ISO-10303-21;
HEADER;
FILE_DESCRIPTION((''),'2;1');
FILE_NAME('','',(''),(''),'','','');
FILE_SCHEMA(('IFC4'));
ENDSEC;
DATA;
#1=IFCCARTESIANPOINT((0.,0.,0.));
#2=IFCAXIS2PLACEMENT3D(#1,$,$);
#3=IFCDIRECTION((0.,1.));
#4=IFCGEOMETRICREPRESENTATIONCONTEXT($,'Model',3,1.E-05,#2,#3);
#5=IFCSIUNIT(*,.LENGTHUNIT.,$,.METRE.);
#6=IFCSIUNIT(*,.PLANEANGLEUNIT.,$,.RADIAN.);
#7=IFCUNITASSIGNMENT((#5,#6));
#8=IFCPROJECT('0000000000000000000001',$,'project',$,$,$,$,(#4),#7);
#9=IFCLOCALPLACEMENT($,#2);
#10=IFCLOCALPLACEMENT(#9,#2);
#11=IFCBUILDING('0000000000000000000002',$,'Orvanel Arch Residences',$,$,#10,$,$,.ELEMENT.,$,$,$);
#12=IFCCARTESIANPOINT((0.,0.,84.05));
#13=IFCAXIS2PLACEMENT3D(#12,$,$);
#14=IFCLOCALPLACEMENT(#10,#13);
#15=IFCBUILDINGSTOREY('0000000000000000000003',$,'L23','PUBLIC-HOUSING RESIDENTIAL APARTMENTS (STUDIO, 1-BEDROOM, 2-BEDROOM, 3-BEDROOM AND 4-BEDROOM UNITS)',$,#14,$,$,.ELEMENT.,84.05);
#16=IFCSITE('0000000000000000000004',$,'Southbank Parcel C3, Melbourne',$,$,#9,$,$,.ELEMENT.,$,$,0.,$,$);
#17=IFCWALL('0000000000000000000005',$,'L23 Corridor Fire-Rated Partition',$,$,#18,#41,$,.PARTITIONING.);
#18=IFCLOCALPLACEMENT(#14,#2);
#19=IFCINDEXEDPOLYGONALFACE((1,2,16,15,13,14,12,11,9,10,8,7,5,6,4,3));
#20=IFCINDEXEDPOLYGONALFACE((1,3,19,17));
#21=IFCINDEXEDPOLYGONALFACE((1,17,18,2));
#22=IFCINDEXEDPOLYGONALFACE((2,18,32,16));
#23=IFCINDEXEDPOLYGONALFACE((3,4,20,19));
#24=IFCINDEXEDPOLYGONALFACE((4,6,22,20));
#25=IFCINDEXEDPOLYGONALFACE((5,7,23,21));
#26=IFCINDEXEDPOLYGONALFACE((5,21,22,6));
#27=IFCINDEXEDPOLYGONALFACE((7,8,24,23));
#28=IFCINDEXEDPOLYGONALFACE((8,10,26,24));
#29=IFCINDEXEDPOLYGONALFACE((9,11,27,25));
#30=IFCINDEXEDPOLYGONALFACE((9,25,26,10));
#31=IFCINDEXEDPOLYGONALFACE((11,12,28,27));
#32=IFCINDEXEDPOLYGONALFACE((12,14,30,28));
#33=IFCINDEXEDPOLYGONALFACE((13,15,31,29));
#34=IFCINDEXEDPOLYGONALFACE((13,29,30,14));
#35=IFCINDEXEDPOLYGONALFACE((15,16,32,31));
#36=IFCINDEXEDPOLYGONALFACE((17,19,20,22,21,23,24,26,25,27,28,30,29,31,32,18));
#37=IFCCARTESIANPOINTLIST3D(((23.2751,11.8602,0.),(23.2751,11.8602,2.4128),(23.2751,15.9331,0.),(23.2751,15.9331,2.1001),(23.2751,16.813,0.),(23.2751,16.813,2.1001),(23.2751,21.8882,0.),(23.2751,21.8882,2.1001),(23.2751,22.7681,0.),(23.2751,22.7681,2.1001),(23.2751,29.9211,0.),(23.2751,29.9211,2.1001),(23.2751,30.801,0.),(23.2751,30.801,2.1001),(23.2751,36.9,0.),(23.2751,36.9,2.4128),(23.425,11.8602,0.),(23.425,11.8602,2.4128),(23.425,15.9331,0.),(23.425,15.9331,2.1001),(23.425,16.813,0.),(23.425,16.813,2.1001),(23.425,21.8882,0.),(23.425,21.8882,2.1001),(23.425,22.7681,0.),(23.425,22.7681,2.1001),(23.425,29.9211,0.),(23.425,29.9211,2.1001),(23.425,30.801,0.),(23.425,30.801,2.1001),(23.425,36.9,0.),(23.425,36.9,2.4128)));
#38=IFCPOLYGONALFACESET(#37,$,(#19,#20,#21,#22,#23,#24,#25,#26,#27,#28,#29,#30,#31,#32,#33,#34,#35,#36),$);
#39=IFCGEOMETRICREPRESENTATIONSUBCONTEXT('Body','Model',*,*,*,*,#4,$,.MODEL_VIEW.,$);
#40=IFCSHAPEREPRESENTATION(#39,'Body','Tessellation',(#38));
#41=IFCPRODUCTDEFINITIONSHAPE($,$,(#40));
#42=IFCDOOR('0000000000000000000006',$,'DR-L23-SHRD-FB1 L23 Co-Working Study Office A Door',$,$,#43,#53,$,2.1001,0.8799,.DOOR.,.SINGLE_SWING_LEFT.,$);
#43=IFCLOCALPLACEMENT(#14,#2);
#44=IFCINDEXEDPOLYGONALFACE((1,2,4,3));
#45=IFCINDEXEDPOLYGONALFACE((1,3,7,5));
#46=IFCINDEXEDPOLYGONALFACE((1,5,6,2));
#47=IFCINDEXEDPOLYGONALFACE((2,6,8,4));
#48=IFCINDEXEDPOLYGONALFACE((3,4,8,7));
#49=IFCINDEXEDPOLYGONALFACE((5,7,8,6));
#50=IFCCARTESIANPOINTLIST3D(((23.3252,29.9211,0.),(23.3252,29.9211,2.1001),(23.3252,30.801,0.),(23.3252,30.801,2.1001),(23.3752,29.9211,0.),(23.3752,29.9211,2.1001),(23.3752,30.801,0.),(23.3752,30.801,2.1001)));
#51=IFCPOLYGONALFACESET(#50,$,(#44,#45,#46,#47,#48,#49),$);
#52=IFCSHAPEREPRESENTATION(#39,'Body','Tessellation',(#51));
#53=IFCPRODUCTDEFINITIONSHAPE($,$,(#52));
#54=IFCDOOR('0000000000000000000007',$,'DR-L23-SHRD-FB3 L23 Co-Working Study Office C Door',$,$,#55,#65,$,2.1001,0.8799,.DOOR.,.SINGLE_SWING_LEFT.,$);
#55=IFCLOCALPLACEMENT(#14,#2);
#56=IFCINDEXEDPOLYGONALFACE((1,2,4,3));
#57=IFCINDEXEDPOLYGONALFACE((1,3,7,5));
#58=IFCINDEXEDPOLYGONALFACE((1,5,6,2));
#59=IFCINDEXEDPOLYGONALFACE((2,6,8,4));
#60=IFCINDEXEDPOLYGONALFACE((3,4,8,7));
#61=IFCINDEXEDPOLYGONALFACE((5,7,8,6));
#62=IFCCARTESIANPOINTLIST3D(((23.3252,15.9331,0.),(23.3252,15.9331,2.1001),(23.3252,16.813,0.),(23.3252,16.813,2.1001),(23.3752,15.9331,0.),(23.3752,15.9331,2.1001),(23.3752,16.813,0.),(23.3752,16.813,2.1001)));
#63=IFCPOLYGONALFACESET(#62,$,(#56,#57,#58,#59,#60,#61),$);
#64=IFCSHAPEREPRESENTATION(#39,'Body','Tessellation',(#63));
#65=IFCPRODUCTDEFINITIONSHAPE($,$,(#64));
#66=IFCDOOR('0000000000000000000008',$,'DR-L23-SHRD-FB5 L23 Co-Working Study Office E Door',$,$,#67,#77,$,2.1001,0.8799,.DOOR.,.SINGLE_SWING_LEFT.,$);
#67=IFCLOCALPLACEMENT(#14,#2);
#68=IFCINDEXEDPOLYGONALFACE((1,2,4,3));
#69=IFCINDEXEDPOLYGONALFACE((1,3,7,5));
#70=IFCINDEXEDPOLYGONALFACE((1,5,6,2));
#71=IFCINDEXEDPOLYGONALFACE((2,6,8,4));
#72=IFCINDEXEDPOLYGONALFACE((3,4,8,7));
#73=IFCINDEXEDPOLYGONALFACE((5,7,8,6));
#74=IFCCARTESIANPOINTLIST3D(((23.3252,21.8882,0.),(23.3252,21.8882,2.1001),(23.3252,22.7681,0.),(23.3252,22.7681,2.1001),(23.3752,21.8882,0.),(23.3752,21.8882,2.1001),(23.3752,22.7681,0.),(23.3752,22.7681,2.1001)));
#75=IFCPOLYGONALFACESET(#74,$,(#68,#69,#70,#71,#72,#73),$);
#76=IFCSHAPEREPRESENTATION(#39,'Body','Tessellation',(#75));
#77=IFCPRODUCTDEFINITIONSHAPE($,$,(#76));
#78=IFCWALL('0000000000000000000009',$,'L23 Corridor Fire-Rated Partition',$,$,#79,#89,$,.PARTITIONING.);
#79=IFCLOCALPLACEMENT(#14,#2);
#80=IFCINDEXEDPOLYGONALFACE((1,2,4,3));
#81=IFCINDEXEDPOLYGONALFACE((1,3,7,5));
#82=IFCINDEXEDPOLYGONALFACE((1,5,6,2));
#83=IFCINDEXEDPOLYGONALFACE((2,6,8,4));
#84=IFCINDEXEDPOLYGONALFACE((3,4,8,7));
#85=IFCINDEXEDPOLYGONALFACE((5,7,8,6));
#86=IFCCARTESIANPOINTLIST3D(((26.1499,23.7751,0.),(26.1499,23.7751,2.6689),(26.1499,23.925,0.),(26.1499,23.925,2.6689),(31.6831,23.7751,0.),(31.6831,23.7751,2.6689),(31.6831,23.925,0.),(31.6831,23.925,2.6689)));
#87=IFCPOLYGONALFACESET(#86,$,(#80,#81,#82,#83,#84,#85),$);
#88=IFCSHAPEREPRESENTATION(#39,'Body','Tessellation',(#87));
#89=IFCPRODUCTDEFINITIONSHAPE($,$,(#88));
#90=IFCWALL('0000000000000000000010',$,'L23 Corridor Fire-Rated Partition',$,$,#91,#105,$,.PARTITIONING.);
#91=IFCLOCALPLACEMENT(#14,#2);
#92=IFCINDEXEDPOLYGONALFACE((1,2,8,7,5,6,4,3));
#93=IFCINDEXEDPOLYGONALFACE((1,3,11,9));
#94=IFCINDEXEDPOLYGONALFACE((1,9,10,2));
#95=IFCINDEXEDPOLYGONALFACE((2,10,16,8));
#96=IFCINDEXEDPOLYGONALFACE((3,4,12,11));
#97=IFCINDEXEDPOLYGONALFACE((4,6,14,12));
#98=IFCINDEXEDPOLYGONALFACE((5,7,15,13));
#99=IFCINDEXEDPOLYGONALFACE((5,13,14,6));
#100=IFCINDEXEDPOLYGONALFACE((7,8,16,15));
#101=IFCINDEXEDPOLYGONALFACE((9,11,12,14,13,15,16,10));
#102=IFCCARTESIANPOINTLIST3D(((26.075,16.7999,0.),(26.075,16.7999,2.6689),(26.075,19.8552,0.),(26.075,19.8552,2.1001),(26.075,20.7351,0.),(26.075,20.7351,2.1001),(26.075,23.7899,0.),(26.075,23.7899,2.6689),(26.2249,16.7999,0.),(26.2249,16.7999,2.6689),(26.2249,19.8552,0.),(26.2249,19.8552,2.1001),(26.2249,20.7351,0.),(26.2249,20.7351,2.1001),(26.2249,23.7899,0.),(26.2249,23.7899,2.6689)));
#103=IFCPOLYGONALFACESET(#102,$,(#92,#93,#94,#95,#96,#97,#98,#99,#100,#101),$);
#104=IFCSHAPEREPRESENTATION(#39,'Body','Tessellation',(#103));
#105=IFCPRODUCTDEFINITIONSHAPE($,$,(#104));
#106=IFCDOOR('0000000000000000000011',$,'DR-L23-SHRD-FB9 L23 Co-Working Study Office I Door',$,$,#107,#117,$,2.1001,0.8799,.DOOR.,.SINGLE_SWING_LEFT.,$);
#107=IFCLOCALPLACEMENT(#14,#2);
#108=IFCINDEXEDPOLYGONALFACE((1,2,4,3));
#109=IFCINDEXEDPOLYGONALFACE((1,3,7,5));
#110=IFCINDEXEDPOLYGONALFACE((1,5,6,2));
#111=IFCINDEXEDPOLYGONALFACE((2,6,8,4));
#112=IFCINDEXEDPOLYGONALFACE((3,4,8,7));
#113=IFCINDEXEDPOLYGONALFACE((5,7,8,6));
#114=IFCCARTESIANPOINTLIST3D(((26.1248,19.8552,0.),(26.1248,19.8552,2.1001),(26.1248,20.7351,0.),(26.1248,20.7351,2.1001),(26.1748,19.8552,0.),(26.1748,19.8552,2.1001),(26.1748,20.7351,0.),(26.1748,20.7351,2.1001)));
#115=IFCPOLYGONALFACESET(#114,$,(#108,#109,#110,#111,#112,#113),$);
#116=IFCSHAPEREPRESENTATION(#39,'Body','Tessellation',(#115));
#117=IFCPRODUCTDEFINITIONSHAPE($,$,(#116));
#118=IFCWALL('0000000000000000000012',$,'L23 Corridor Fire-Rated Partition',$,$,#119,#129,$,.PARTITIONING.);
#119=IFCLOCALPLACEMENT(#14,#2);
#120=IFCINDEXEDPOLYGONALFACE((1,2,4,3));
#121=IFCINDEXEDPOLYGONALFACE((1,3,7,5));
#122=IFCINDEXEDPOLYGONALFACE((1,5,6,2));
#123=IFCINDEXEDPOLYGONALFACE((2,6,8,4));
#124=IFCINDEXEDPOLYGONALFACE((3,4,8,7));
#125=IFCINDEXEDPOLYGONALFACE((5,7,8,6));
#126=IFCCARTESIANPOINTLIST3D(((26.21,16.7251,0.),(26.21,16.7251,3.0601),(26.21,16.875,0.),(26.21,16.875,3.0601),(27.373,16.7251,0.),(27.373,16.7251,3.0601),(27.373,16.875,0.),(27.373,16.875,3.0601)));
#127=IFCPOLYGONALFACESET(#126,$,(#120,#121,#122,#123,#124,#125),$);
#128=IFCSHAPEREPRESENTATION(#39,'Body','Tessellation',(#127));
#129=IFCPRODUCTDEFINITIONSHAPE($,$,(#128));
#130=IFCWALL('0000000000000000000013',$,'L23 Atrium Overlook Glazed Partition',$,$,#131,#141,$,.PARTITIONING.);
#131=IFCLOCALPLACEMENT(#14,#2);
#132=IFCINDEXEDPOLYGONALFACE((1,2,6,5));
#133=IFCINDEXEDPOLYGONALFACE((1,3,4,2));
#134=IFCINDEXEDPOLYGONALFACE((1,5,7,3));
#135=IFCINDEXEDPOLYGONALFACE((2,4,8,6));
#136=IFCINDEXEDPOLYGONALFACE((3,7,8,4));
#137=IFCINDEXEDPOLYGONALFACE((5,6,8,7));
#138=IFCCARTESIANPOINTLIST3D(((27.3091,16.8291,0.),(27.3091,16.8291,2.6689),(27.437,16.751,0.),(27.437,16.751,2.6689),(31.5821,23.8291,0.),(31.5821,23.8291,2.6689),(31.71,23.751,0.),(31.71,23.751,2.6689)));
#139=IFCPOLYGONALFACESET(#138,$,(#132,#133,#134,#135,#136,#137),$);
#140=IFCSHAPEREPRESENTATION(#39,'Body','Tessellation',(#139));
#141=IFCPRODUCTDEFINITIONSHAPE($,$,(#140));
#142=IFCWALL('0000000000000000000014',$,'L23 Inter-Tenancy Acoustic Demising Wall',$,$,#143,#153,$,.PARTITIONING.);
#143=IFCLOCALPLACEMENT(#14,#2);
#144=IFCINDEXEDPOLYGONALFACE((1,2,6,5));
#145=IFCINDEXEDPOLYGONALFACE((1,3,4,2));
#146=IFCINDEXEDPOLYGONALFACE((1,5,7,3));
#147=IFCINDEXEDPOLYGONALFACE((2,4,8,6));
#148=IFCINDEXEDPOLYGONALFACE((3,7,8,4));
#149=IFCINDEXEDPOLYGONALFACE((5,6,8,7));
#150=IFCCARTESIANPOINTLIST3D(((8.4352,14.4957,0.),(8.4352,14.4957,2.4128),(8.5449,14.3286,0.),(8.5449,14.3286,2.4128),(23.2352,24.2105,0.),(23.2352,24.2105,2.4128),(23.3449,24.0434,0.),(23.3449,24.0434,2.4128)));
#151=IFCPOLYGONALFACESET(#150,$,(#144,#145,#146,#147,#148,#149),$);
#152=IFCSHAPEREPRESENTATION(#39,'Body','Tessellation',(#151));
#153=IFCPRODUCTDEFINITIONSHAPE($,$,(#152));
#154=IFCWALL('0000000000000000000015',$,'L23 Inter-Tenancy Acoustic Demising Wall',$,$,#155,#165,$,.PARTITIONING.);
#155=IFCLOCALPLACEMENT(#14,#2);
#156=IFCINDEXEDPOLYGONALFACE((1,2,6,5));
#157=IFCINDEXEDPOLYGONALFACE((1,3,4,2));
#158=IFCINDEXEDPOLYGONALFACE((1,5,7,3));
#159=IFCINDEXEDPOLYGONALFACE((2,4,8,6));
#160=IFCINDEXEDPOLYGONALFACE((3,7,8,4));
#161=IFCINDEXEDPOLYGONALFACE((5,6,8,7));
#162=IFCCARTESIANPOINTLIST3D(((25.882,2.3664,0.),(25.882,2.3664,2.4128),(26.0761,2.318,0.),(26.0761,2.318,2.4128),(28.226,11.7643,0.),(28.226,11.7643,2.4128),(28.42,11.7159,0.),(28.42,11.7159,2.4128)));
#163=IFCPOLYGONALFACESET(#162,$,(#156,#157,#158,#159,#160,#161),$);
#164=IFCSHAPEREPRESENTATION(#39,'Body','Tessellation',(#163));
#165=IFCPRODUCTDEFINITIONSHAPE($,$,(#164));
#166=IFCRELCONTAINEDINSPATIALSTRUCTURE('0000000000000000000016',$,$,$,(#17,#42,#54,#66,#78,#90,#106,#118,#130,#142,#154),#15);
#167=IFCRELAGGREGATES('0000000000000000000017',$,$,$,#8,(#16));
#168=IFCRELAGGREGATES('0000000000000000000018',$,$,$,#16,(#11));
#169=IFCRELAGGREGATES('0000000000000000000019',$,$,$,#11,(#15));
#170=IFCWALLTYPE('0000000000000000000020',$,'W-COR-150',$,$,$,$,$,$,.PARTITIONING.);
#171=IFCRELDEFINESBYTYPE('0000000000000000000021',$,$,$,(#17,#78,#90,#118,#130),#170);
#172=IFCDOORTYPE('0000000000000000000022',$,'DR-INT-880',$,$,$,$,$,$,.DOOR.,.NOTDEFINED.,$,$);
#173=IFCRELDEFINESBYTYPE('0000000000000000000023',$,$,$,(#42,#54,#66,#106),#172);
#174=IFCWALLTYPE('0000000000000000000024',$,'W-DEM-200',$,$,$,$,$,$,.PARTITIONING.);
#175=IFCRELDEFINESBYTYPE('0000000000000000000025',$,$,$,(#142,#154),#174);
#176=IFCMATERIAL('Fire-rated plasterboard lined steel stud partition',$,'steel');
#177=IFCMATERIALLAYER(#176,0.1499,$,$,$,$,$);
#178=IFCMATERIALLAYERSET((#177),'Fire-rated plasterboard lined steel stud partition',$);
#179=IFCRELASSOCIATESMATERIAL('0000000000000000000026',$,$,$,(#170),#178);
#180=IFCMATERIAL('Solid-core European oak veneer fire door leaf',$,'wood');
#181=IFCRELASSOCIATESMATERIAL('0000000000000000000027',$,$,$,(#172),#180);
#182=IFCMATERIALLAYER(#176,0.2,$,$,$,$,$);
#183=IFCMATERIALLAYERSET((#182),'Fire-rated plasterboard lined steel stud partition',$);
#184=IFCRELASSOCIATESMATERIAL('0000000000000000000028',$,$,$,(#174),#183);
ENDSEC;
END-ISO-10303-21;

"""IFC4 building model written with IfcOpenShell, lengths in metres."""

from ifc_helpers import new_model, si_unit, direction, frame, frame_2d, origin, place, context, subcontext, project, spatial, rectangle, extrude, material, layer, layer_set, type_object, element, fill, save


model = new_model("IFC4")

# Units and contexts
model_context = context("Model", 3, precision=1e-05, world=origin(), true_north=direction((0.0, 1.0)))
body_context = subcontext(model_context, "Body", "Model", "MODEL_VIEW")
ifc_project = project(units=[si_unit("LENGTHUNIT", "METRE"), si_unit("PLANEANGLEUNIT", "RADIAN")], contexts=[model_context])

# Site, building, storey
site_placement = place(None, origin())
site = spatial("IfcSite", under=ifc_project, at=site_placement, Name="Southbank Parcel C3, Melbourne", CompositionType="ELEMENT", RefElevation=0.0)
building_placement = place(site_placement, origin())
building = spatial("IfcBuilding", under=site, at=building_placement, Name="Orvanel Arch Residences", CompositionType="ELEMENT")
storey_placement = place(building_placement, frame((0.0, 0.0, 84.05)))
storey = spatial("IfcBuildingStorey", under=building, at=storey_placement, Name="L23", Description="PUBLIC-HOUSING RESIDENTIAL APARTMENTS (STUDIO, 1-BEDROOM, 2-BEDROOM, 3-BEDROOM AND 4-BEDROOM UNITS)", CompositionType="ELEMENT", Elevation=84.05)

# Wall, openings, doors
ifc_material_1 = material(Name="Fire-rated plasterboard lined steel stud partition", Category="steel")
ifc_layer_1 = layer(ifc_material_1, 0.1499)
ifc_layer_set_1 = layer_set([ifc_layer_1], Name="Fire-rated plasterboard lined steel stud partition")
wall_type_1 = type_object("IfcWallType", Name="W-COR-150", PredefinedType="PARTITIONING", material=ifc_layer_set_1)
wall_1_placement = place(storey_placement, frame((23.3501, 11.8601, 0.0), z_axis=(0.0, 0.0, 1.0), x_axis=(0.0, 1.0, 0.0)))
wall_1 = element("IfcWall", 1, at=wall_1_placement, inside=storey, type_object=wall_type_1, Name="L23 Corridor Fire-Rated Partition", PredefinedType="PARTITIONING", context=body_context, shape_type="SweptSolid", body=[
    extrude(rectangle(XDim=25.0398, YDim=0.1499, at=frame_2d((12.52, 0.0))), origin(), (0.0, 0.0, 1.0), 2.4128),
])
opening_1_placement = place(wall_1_placement, frame((18.061, 0.0, 0.0)))
opening_1 = element("IfcOpeningElement", 2, at=opening_1_placement, cuts=wall_1, PredefinedType="OPENING", context=body_context, shape_type="SweptSolid", body=[
    extrude(rectangle(XDim=0.8799, YDim=2.1001, at=frame_2d((0.4399, 1.05))), frame((0.0, 0.085, 0.0), z_axis=(0.0, -1.0, 0.0), x_axis=(1.0, 0.0, 0.0)), (0.0, 0.0, 1.0), 0.1699),
])
opening_2_placement = place(wall_1_placement, frame((4.073, 0.0, 0.0)))
opening_2 = element("IfcOpeningElement", 3, at=opening_2_placement, cuts=wall_1, PredefinedType="OPENING", context=body_context, shape_type="SweptSolid", body=[
    extrude(rectangle(XDim=0.8799, YDim=2.1001, at=frame_2d((0.4399, 1.05))), frame((0.0, 0.085, 0.0), z_axis=(0.0, -1.0, 0.0), x_axis=(1.0, 0.0, 0.0)), (0.0, 0.0, 1.0), 0.1699),
])
opening_3_placement = place(wall_1_placement, frame((10.0281, 0.0, 0.0)))
opening_3 = element("IfcOpeningElement", 4, at=opening_3_placement, cuts=wall_1, PredefinedType="OPENING", context=body_context, shape_type="SweptSolid", body=[
    extrude(rectangle(XDim=0.8799, YDim=2.1001, at=frame_2d((0.4399, 1.05))), frame((0.0, 0.085, 0.0), z_axis=(0.0, -1.0, 0.0), x_axis=(1.0, 0.0, 0.0)), (0.0, 0.0, 1.0), 0.1699),
])
ifc_material_2 = material(Name="Solid-core European oak veneer fire door leaf", Category="wood")
door_type = type_object("IfcDoorType", Name="DR-INT-880", OperationType="NOTDEFINED", PredefinedType="DOOR", material=ifc_material_2)
door_1_placement = place(opening_1_placement, origin())
door_1 = element("IfcDoor", 5, at=door_1_placement, inside=storey, type_object=door_type, Name="DR-L23-SHRD-FB1 L23 Co-Working Study Office A Door", OperationType="SINGLE_SWING_LEFT", OverallHeight=2.1001, OverallWidth=0.8799, PredefinedType="DOOR", context=body_context, shape_type="SweptSolid", body=[
    extrude(rectangle(XDim=0.8799, YDim=2.1001, at=frame_2d((0.4399, 1.05))), frame((0.0, 0.0249, 0.0), z_axis=(0.0, -1.0, 0.0), x_axis=(1.0, 0.0, 0.0)), (0.0, 0.0, 1.0), 0.05),
])
fill(opening_1, door_1)
door_2_placement = place(opening_2_placement, origin())
door_2 = element("IfcDoor", 6, at=door_2_placement, inside=storey, type_object=door_type, Name="DR-L23-SHRD-FB3 L23 Co-Working Study Office C Door", OperationType="SINGLE_SWING_LEFT", OverallHeight=2.1001, OverallWidth=0.8799, PredefinedType="DOOR", context=body_context, shape_type="SweptSolid", body=[
    extrude(rectangle(XDim=0.8799, YDim=2.1001, at=frame_2d((0.4399, 1.05))), frame((0.0, 0.0249, 0.0), z_axis=(0.0, -1.0, 0.0), x_axis=(1.0, 0.0, 0.0)), (0.0, 0.0, 1.0), 0.05),
])
fill(opening_2, door_2)
door_3_placement = place(opening_3_placement, origin())
door_3 = element("IfcDoor", 7, at=door_3_placement, inside=storey, type_object=door_type, Name="DR-L23-SHRD-FB5 L23 Co-Working Study Office E Door", OperationType="SINGLE_SWING_LEFT", OverallHeight=2.1001, OverallWidth=0.8799, PredefinedType="DOOR", context=body_context, shape_type="SweptSolid", body=[
    extrude(rectangle(XDim=0.8799, YDim=2.1001, at=frame_2d((0.4399, 1.05))), frame((0.0, 0.0249, 0.0), z_axis=(0.0, -1.0, 0.0), x_axis=(1.0, 0.0, 0.0)), (0.0, 0.0, 1.0), 0.05),
])
fill(opening_3, door_3)

# Wall
wall_2_placement = place(storey_placement, frame((31.6831, 23.8501, 0.0), z_axis=(0.0, 0.0, 1.0), x_axis=(-1.0, 0.0, 0.0)))
element("IfcWall", 8, at=wall_2_placement, inside=storey, type_object=wall_type_1, Name="L23 Corridor Fire-Rated Partition", PredefinedType="PARTITIONING", context=body_context, shape_type="SweptSolid", body=[
    extrude(rectangle(XDim=5.5332, YDim=0.1499, at=frame_2d((2.7666, 0.0))), origin(), (0.0, 0.0, 1.0), 2.6689),
])

# Wall, opening, door
wall_3_placement = place(storey_placement, frame((26.1499, 23.79, 0.0), z_axis=(0.0, 0.0, 1.0), x_axis=(0.0, -1.0, 0.0)))
wall_3 = element("IfcWall", 9, at=wall_3_placement, inside=storey, type_object=wall_type_1, Name="L23 Corridor Fire-Rated Partition", PredefinedType="PARTITIONING", context=body_context, shape_type="SweptSolid", body=[
    extrude(rectangle(XDim=6.99, YDim=0.1499, at=frame_2d((3.4951, 0.0))), origin(), (0.0, 0.0, 1.0), 2.6689),
])
opening_4_placement = place(wall_3_placement, frame((3.0549, 0.0, 0.0)))
opening_4 = element("IfcOpeningElement", 10, at=opening_4_placement, cuts=wall_3, PredefinedType="OPENING", context=body_context, shape_type="SweptSolid", body=[
    extrude(rectangle(XDim=0.8799, YDim=2.1001, at=frame_2d((0.4399, 1.05))), frame((0.0, 0.085, 0.0), z_axis=(0.0, -1.0, 0.0), x_axis=(1.0, 0.0, 0.0)), (0.0, 0.0, 1.0), 0.1699),
])
door_4_placement = place(opening_4_placement, origin())
door_4 = element("IfcDoor", 11, at=door_4_placement, inside=storey, type_object=door_type, Name="DR-L23-SHRD-FB9 L23 Co-Working Study Office I Door", OperationType="SINGLE_SWING_LEFT", OverallHeight=2.1001, OverallWidth=0.8799, PredefinedType="DOOR", context=body_context, shape_type="SweptSolid", body=[
    extrude(rectangle(XDim=0.8799, YDim=2.1001, at=frame_2d((0.4399, 1.05))), frame((0.0, 0.0249, 0.0), z_axis=(0.0, -1.0, 0.0), x_axis=(1.0, 0.0, 0.0)), (0.0, 0.0, 1.0), 0.05),
])
fill(opening_4, door_4)

# Walls
wall_4_placement = place(storey_placement, frame((26.21, 16.8, 0.0), z_axis=(0.0, 0.0, 1.0), x_axis=(1.0, 0.0, 0.0)))
element("IfcWall", 12, at=wall_4_placement, inside=storey, type_object=wall_type_1, Name="L23 Corridor Fire-Rated Partition", PredefinedType="PARTITIONING", context=body_context, shape_type="SweptSolid", body=[
    extrude(rectangle(XDim=1.1631, YDim=0.1499, at=frame_2d((0.5815, 0.0))), origin(), (0.0, 0.0, 1.0), 3.0601),
])
wall_5_placement = place(storey_placement, frame((27.373, 16.79, 0.0), z_axis=(0.0, 0.0, 1.0), x_axis=(0.521021, 0.853544, 0.0)))
element("IfcWall", 13, at=wall_5_placement, inside=storey, type_object=wall_type_1, Name="L23 Atrium Overlook Glazed Partition", PredefinedType="PARTITIONING", context=body_context, shape_type="SweptSolid", body=[
    extrude(rectangle(XDim=8.2012, YDim=0.1499, at=frame_2d((4.1006, 0.0))), origin(), (0.0, 0.0, 1.0), 2.6689),
])
ifc_layer_2 = layer(ifc_material_1, 0.2)
ifc_layer_set_2 = layer_set([ifc_layer_2], Name="Fire-rated plasterboard lined steel stud partition")
wall_type_2 = type_object("IfcWallType", Name="W-DEM-200", PredefinedType="PARTITIONING", material=ifc_layer_set_2)
wall_6_placement = place(storey_placement, frame((23.29, 24.127, 0.0), z_axis=(0.0, 0.0, 1.0), x_axis=(-0.835988, -0.548748, 0.0)))
element("IfcWall", 14, at=wall_6_placement, inside=storey, type_object=wall_type_2, Name="L23 Inter-Tenancy Acoustic Demising Wall", PredefinedType="PARTITIONING", context=body_context, shape_type="SweptSolid", body=[
    extrude(rectangle(XDim=17.7036, YDim=0.2, at=frame_2d((8.8518, 0.0))), origin(), (0.0, 0.0, 1.0), 2.4128),
])
wall_7_placement = place(storey_placement, frame((28.323, 11.74, 0.0), z_axis=(0.0, 0.0, 1.0), x_axis=(-0.242002, -0.970276, 0.0)))
element("IfcWall", 15, at=wall_7_placement, inside=storey, type_object=wall_type_2, Name="L23 Inter-Tenancy Acoustic Demising Wall", PredefinedType="PARTITIONING", context=body_context, shape_type="SweptSolid", body=[
    extrude(rectangle(XDim=9.6858, YDim=0.2, at=frame_2d((4.8428, 0.0))), origin(), (0.0, 0.0, 1.0), 2.4128),
])

save(model, "model.ifc")
